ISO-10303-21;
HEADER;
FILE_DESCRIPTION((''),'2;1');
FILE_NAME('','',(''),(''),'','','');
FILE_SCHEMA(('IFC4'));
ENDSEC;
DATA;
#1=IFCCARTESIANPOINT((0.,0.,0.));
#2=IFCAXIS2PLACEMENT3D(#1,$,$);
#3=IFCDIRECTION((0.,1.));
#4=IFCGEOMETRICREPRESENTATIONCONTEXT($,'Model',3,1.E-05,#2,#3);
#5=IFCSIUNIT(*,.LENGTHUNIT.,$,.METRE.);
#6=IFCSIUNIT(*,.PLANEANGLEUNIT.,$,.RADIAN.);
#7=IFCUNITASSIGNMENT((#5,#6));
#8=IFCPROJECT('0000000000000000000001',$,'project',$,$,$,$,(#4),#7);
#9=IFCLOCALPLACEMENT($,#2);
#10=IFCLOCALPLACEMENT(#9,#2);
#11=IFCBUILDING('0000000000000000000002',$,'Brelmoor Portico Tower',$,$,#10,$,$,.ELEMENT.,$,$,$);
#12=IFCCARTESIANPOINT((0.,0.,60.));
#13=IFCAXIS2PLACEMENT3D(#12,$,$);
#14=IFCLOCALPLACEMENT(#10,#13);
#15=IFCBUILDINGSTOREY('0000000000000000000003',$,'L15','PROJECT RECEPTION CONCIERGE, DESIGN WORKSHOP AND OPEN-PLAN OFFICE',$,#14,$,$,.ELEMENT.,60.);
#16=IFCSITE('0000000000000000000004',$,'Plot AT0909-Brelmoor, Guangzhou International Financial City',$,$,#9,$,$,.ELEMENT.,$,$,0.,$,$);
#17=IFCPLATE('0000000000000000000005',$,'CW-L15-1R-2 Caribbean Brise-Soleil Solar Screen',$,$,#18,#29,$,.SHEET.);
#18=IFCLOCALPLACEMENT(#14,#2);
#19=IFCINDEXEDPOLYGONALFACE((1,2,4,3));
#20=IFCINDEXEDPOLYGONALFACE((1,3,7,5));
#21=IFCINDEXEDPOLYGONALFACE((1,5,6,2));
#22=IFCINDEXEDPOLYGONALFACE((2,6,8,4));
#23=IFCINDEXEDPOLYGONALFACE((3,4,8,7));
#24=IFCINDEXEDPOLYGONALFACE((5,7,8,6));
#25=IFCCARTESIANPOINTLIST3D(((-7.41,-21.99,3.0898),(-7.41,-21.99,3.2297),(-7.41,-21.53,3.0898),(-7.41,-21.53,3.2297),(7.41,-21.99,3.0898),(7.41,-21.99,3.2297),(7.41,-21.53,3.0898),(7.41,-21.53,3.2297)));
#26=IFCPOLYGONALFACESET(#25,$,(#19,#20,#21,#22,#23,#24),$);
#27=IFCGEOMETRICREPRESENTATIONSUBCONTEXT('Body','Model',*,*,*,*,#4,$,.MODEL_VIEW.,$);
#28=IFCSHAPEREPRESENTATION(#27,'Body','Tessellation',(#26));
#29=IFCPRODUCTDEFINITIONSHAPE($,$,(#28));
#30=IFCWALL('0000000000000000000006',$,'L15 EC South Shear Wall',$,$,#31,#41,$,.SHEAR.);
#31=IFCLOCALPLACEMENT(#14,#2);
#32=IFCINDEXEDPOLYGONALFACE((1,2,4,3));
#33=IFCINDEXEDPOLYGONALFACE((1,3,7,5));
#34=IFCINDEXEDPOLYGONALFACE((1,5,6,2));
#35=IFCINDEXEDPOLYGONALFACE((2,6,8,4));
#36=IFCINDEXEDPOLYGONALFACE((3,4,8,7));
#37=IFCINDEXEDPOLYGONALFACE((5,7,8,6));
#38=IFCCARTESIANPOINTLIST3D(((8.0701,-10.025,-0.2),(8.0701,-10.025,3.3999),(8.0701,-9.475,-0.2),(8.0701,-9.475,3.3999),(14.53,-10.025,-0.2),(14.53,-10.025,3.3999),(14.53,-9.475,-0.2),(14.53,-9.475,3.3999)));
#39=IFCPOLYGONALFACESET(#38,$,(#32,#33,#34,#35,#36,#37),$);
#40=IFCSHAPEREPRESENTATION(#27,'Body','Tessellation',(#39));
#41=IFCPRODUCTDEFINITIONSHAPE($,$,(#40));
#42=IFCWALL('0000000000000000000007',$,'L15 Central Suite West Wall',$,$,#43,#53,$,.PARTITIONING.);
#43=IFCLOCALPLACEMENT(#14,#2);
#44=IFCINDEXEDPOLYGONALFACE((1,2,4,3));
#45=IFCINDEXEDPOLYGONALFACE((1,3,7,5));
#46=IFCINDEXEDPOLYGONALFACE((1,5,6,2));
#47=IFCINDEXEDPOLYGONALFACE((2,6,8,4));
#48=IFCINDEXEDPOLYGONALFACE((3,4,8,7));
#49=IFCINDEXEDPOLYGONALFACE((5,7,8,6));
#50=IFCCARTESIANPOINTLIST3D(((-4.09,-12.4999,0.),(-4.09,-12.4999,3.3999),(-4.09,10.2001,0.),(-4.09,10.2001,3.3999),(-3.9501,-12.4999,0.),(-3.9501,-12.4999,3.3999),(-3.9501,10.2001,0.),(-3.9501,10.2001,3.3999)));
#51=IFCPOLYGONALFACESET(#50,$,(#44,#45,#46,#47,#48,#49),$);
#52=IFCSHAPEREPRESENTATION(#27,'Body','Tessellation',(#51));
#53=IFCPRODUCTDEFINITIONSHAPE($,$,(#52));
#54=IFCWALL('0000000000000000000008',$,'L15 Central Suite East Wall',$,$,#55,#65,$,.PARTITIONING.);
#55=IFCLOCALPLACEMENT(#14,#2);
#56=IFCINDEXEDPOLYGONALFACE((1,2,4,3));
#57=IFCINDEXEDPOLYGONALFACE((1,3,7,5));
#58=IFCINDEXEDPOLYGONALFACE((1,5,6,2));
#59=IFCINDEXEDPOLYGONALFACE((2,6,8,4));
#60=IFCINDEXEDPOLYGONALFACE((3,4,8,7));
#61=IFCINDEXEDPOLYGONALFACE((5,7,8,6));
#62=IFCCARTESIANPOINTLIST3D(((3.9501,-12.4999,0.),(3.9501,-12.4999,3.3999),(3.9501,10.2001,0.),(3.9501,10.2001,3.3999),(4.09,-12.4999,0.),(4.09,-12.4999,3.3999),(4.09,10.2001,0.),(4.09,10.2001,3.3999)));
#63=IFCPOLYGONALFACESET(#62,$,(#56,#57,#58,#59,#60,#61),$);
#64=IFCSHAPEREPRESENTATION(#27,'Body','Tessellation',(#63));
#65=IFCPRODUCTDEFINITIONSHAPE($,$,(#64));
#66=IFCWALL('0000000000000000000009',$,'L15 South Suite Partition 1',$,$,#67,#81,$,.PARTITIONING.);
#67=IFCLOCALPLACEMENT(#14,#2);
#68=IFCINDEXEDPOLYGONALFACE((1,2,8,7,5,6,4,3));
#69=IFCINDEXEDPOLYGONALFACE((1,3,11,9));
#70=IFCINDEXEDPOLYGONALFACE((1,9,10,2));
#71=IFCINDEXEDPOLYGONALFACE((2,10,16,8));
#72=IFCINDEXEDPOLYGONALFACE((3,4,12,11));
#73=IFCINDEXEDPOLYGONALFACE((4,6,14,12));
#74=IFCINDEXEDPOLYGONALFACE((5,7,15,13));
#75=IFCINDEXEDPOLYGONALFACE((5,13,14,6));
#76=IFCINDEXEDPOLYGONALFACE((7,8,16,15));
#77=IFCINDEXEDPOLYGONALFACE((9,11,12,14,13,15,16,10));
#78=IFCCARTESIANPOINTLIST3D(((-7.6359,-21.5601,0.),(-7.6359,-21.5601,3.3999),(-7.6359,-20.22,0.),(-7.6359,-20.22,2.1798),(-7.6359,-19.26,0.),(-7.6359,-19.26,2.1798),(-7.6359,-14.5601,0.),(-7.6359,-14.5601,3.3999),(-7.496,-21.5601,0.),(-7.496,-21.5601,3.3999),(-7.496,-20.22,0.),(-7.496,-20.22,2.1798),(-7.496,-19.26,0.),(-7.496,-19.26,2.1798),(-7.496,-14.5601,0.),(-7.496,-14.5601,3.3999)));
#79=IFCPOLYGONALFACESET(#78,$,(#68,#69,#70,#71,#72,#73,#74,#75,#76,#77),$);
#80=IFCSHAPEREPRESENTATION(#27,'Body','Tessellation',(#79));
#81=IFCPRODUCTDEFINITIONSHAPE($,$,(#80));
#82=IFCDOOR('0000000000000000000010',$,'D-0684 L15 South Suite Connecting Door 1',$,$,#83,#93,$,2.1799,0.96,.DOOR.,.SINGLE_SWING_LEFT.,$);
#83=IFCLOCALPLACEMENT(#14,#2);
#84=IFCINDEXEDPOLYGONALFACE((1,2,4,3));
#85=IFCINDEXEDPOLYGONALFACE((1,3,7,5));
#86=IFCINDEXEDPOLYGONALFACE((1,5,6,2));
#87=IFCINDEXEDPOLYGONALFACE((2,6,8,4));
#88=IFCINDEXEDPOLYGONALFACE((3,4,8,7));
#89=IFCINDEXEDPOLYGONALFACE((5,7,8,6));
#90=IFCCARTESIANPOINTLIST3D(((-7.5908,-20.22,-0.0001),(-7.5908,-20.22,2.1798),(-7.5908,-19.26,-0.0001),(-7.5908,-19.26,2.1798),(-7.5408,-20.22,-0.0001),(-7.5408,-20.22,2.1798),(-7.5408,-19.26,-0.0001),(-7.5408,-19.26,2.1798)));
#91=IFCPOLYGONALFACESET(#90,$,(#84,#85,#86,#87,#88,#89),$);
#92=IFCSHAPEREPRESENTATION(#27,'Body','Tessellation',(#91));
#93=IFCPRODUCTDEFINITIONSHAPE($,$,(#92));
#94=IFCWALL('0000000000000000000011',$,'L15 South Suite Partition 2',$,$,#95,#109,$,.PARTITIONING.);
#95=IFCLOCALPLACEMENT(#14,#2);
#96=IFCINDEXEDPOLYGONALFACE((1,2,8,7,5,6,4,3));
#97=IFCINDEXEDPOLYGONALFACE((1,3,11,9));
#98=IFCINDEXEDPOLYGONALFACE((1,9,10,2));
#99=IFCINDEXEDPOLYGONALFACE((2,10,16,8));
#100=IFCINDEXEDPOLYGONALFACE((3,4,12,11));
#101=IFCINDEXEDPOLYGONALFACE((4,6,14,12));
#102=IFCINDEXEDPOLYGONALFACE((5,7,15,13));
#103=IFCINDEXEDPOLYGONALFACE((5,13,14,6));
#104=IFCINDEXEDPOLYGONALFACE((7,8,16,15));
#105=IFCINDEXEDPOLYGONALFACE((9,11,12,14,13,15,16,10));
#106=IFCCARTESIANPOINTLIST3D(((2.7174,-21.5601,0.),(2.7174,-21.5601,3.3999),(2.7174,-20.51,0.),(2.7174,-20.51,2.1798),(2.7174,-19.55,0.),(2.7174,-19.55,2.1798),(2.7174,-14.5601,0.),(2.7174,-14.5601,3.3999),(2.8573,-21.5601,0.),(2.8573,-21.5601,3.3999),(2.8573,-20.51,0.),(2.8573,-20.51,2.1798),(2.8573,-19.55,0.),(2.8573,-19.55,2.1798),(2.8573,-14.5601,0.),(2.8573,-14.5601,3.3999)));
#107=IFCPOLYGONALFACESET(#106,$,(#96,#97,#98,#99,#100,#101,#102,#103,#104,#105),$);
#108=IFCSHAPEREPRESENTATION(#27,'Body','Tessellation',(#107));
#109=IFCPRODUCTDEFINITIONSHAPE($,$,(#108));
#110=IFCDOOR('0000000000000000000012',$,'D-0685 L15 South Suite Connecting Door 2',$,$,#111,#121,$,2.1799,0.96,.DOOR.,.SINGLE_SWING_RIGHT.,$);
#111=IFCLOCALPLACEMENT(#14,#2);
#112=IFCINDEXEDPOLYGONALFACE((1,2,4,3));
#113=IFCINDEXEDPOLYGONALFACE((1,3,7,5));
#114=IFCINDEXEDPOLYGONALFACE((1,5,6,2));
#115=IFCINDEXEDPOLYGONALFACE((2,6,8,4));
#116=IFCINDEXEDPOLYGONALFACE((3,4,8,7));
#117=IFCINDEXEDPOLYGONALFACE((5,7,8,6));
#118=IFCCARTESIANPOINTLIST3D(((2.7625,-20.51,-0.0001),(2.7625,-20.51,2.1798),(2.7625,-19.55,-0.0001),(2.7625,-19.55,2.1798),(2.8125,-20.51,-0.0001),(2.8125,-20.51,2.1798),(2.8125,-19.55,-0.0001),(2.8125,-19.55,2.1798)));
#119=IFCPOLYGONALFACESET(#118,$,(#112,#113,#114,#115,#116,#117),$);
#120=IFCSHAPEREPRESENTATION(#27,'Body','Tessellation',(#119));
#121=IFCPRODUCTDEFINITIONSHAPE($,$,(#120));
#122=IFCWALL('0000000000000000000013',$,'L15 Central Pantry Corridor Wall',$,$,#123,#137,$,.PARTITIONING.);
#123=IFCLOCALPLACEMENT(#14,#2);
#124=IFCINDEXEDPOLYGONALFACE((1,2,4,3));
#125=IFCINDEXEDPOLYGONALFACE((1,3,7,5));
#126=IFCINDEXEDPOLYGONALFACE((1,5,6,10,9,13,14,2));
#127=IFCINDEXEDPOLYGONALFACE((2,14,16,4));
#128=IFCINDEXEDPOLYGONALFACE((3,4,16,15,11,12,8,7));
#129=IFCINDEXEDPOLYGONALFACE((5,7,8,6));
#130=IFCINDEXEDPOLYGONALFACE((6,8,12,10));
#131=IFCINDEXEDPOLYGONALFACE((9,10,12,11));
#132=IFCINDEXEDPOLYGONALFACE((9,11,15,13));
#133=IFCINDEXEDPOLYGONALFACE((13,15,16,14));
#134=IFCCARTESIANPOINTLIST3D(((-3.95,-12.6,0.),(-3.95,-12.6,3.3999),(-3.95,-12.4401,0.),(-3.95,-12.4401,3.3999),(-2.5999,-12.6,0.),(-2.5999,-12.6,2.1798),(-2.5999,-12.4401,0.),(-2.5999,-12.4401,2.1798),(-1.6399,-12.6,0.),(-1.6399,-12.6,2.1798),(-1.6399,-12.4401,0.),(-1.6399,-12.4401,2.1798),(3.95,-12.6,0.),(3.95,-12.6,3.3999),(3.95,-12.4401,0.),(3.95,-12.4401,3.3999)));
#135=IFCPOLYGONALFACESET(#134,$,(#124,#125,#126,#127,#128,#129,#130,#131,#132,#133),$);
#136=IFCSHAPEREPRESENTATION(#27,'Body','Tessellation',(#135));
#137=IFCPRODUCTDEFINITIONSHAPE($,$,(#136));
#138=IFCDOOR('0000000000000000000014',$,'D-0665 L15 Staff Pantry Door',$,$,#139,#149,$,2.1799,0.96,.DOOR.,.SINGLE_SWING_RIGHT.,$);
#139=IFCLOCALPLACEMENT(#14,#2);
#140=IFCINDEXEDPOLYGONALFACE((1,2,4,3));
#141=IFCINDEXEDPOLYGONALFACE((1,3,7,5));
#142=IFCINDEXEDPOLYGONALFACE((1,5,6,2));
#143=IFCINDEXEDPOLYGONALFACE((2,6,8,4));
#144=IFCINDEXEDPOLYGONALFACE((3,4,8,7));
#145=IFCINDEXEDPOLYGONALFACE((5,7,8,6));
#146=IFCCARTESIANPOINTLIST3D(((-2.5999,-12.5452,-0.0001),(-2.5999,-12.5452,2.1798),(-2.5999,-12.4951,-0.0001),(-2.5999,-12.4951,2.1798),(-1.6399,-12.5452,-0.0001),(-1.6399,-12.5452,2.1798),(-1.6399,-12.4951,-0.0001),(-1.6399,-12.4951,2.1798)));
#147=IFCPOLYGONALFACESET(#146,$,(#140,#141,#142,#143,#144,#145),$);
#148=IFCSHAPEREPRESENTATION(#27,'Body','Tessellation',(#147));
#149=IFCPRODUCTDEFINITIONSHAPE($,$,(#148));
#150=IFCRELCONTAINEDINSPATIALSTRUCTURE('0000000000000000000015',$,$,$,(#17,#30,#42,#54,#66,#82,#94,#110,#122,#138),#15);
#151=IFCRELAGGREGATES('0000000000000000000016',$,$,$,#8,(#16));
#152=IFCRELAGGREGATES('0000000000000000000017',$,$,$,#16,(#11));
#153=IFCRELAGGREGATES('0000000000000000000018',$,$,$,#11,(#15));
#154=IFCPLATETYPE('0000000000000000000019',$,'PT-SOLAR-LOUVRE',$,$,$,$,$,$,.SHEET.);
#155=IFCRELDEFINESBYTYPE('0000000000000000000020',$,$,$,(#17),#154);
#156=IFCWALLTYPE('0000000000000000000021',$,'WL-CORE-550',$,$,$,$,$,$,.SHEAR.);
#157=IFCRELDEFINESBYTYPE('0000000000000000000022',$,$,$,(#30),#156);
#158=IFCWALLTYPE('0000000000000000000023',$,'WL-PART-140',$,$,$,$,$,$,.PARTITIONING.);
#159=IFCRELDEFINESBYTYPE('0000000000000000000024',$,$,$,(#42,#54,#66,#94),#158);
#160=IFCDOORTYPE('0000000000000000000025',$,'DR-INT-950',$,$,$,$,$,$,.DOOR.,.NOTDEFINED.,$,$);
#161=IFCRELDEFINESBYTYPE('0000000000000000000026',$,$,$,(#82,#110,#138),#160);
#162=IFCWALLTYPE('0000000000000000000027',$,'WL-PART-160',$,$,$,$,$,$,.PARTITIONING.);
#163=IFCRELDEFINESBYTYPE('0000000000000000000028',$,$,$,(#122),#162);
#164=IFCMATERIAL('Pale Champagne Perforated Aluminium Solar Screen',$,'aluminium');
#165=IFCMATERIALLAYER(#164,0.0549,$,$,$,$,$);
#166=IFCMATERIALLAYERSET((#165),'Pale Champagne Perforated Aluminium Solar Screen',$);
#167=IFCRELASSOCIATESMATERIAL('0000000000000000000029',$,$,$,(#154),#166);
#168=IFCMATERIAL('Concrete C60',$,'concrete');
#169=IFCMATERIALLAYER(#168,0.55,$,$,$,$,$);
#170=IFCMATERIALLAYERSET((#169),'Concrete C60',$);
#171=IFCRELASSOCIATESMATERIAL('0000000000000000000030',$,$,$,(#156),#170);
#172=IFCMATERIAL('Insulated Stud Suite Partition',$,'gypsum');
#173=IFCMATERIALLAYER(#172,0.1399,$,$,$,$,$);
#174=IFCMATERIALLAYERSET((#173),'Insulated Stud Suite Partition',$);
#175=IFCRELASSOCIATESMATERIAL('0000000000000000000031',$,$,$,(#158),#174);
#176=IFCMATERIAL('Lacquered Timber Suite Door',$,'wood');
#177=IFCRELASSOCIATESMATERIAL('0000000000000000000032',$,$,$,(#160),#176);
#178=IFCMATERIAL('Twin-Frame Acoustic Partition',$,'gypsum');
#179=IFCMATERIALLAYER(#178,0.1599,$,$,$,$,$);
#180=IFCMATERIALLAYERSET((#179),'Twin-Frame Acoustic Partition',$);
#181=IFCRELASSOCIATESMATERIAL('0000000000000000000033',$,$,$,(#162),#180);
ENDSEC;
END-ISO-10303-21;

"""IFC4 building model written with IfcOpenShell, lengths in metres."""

from ifc_helpers import new_model, si_unit, direction, frame, frame_2d, origin, origin_2d, place, context, subcontext, project, spatial, rectangle, extrude, material, layer, layer_set, type_object, element, fill, save


model = new_model("IFC4")

# Units and contexts
model_context = context("Model", 3, precision=1e-05, world=origin(), true_north=direction((0.0, 1.0)))
body_context = subcontext(model_context, "Body", "Model", "MODEL_VIEW")
ifc_project = project(units=[si_unit("LENGTHUNIT", "METRE"), si_unit("PLANEANGLEUNIT", "RADIAN")], contexts=[model_context])

# Site, building, storey
site_placement = place(None, origin())
site = spatial("IfcSite", under=ifc_project, at=site_placement, Name="Plot AT0909-Brelmoor, Guangzhou International Financial City", CompositionType="ELEMENT", RefElevation=0.0)
building_placement = place(site_placement, origin())
building = spatial("IfcBuilding", under=site, at=building_placement, Name="Brelmoor Portico Tower", CompositionType="ELEMENT")
storey_placement = place(building_placement, frame((0.0, 0.0, 60.0)))
storey = spatial("IfcBuildingStorey", under=building, at=storey_placement, Name="L15", Description="PROJECT RECEPTION CONCIERGE, DESIGN WORKSHOP AND OPEN-PLAN OFFICE", CompositionType="ELEMENT", Elevation=60.0)

# Plate
ifc_material_1 = material(Name="Pale Champagne Perforated Aluminium Solar Screen", Category="aluminium")
ifc_layer_1 = layer(ifc_material_1, 0.0549)
ifc_layer_set_1 = layer_set([ifc_layer_1], Name="Pale Champagne Perforated Aluminium Solar Screen")
plate_type_1 = type_object("IfcPlateType", Name="PT-SOLAR-LOUVRE", PredefinedType="SHEET", material=ifc_layer_set_1)
plate_1_placement = place(storey_placement, frame((0.0, -21.76, 3.0898), z_axis=(0.0, 0.0, 1.0), x_axis=(1.0, 0.0, 0.0)))
element("IfcPlate", 1, at=plate_1_placement, inside=storey, type_object=plate_type_1, Name="CW-L15-1R-2 Caribbean Brise-Soleil Solar Screen", PredefinedType="SHEET", context=body_context, shape_type="SweptSolid", body=[
    extrude(rectangle(XDim=14.8201, YDim=0.46, at=origin_2d()), origin(), (0.0, 0.0, 1.0), 0.1399),
])

# Walls
ifc_material_2 = material(Name="Concrete C60", Category="concrete")
ifc_layer_2 = layer(ifc_material_2, 0.55)
ifc_layer_set_2 = layer_set([ifc_layer_2], Name="Concrete C60")
wall_type_1 = type_object("IfcWallType", Name="WL-CORE-550", PredefinedType="SHEAR", material=ifc_layer_set_2)
wall_1_placement = place(storey_placement, frame((8.0701, -9.75, -0.2), z_axis=(0.0, 0.0, 1.0), x_axis=(1.0, 0.0, 0.0)))
element("IfcWall", 2, at=wall_1_placement, inside=storey, type_object=wall_type_1, Name="L15 EC South Shear Wall", PredefinedType="SHEAR", context=body_context, shape_type="SweptSolid", body=[
    extrude(rectangle(XDim=6.46, YDim=0.55, at=frame_2d((3.23, 0.0))), origin(), (0.0, 0.0, 1.0), 3.5999),
])
ifc_material_3 = material(Name="Insulated Stud Suite Partition", Category="gypsum")
ifc_layer_3 = layer(ifc_material_3, 0.1399)
ifc_layer_set_3 = layer_set([ifc_layer_3], Name="Insulated Stud Suite Partition")
wall_type_2 = type_object("IfcWallType", Name="WL-PART-140", PredefinedType="PARTITIONING", material=ifc_layer_set_3)
for number, where, z_axis, x_axis, name in (
    (3, (-4.02, -12.5, 0.0), (0.0, 0.0, 1.0), (0.0, 1.0, 0.0), "L15 Central Suite West Wall"),
    (4, (4.02, -12.5, 0.0), (0.0, 0.0, 1.0), (0.0, 1.0, 0.0), "L15 Central Suite East Wall"),
):
    element("IfcWall", number, at=place(storey_placement, frame(where, z_axis=z_axis, x_axis=x_axis)), inside=storey, type_object=wall_type_2, Name=name, PredefinedType="PARTITIONING", context=body_context, shape_type="SweptSolid", body=[
        extrude(rectangle(XDim=22.7, YDim=0.1399, at=frame_2d((11.3501, 0.0))), origin(), (0.0, 0.0, 1.0), 3.3999),
    ])

# Walls, openings, doors
wall_2_placement = place(storey_placement, frame((-7.5659, -21.5601, 0.0), z_axis=(0.0, 0.0, 1.0), x_axis=(0.0, 1.0, 0.0)))
wall_2 = element("IfcWall", 5, at=wall_2_placement, inside=storey, type_object=wall_type_2, Name="L15 South Suite Partition 1", PredefinedType="PARTITIONING", context=body_context, shape_type="SweptSolid", body=[
    extrude(rectangle(XDim=7.0, YDim=0.1399, at=frame_2d((3.5, 0.0))), origin(), (0.0, 0.0, 1.0), 3.3999),
])
opening_1_placement = place(wall_2_placement, frame((1.3401, 0.0, 0.0)))
opening_1 = element("IfcOpeningElement", 6, at=opening_1_placement, cuts=wall_2, PredefinedType="OPENING", context=body_context, shape_type="SweptSolid", body=[
    extrude(rectangle(XDim=0.96, YDim=2.1799, at=frame_2d((0.48, 1.0898))), frame((0.0, 0.0798, 0.0), z_axis=(0.0, -1.0, 0.0), x_axis=(1.0, 0.0, 0.0)), (0.0, 0.0, 1.0), 0.1599),
])
ifc_material_4 = material(Name="Lacquered Timber Suite Door", Category="wood")
door_type_1 = type_object("IfcDoorType", Name="DR-INT-950", OperationType="NOTDEFINED", PredefinedType="DOOR", material=ifc_material_4)
door_1_placement = place(opening_1_placement, origin())
door_1 = element("IfcDoor", 7, at=door_1_placement, inside=storey, type_object=door_type_1, Name="D-0684 L15 South Suite Connecting Door 1", OperationType="SINGLE_SWING_LEFT", OverallHeight=2.1799, OverallWidth=0.96, PredefinedType="DOOR", context=body_context, shape_type="SweptSolid", body=[
    extrude(rectangle(XDim=0.96, YDim=2.1799, at=frame_2d((0.48, 1.0898))), frame((0.0, 0.0249, 0.0), z_axis=(0.0, -1.0, 0.0), x_axis=(1.0, 0.0, 0.0)), (0.0, 0.0, 1.0), 0.05),
])
fill(opening_1, door_1)
wall_3_placement = place(storey_placement, frame((2.7874, -21.5601, 0.0), z_axis=(0.0, 0.0, 1.0), x_axis=(0.0, 1.0, 0.0)))
wall_3 = element("IfcWall", 8, at=wall_3_placement, inside=storey, type_object=wall_type_2, Name="L15 South Suite Partition 2", PredefinedType="PARTITIONING", context=body_context, shape_type="SweptSolid", body=[
    extrude(rectangle(XDim=7.0, YDim=0.1399, at=frame_2d((3.5, 0.0))), origin(), (0.0, 0.0, 1.0), 3.3999),
])
opening_2_placement = place(wall_3_placement, frame((1.05, 0.0, 0.0)))
opening_2 = element("IfcOpeningElement", 9, at=opening_2_placement, cuts=wall_3, PredefinedType="OPENING", context=body_context, shape_type="SweptSolid", body=[
    extrude(rectangle(XDim=0.96, YDim=2.1799, at=frame_2d((0.48, 1.0898))), frame((0.0, 0.0798, 0.0), z_axis=(0.0, -1.0, 0.0), x_axis=(1.0, 0.0, 0.0)), (0.0, 0.0, 1.0), 0.1599),
])
door_2_placement = place(opening_2_placement, origin())
door_2 = element("IfcDoor", 10, at=door_2_placement, inside=storey, type_object=door_type_1, Name="D-0685 L15 South Suite Connecting Door 2", OperationType="SINGLE_SWING_RIGHT", OverallHeight=2.1799, OverallWidth=0.96, PredefinedType="DOOR", context=body_context, shape_type="SweptSolid", body=[
    extrude(rectangle(XDim=0.96, YDim=2.1799, at=frame_2d((0.48, 1.0898))), frame((0.0, 0.0249, 0.0), z_axis=(0.0, -1.0, 0.0), x_axis=(1.0, 0.0, 0.0)), (0.0, 0.0, 1.0), 0.05),
])
fill(opening_2, door_2)
ifc_material_5 = material(Name="Twin-Frame Acoustic Partition", Category="gypsum")
ifc_layer_4 = layer(ifc_material_5, 0.1599)
ifc_layer_set_4 = layer_set([ifc_layer_4], Name="Twin-Frame Acoustic Partition")
wall_type_3 = type_object("IfcWallType", Name="WL-PART-160", PredefinedType="PARTITIONING", material=ifc_layer_set_4)
wall_4_placement = place(storey_placement, frame((-3.95, -12.52, 0.0), z_axis=(0.0, 0.0, 1.0), x_axis=(1.0, 0.0, 0.0)))
wall_4 = element("IfcWall", 11, at=wall_4_placement, inside=storey, type_object=wall_type_3, Name="L15 Central Pantry Corridor Wall", PredefinedType="PARTITIONING", context=body_context, shape_type="SweptSolid", body=[
    extrude(rectangle(XDim=7.8999, YDim=0.1599, at=frame_2d((3.95, 0.0))), origin(), (0.0, 0.0, 1.0), 3.3999),
])
opening_3_placement = place(wall_4_placement, frame((1.3501, 0.0, 0.0)))
opening_3 = element("IfcOpeningElement", 12, at=opening_3_placement, cuts=wall_4, PredefinedType="OPENING", context=body_context, shape_type="SweptSolid", body=[
    extrude(rectangle(XDim=0.96, YDim=2.1799, at=frame_2d((0.48, 1.0898))), frame((0.0, 0.0898, 0.0), z_axis=(0.0, -1.0, 0.0), x_axis=(1.0, 0.0, 0.0)), (0.0, 0.0, 1.0), 0.1799),
])
door_3_placement = place(opening_3_placement, origin())
door_3 = element("IfcDoor", 13, at=door_3_placement, inside=storey, type_object=door_type_1, Name="D-0665 L15 Staff Pantry Door", OperationType="SINGLE_SWING_RIGHT", OverallHeight=2.1799, OverallWidth=0.96, PredefinedType="DOOR", context=body_context, shape_type="SweptSolid", body=[
    extrude(rectangle(XDim=0.96, YDim=2.1799, at=frame_2d((0.48, 1.0898))), frame((0.0, 0.0249, 0.0), z_axis=(0.0, -1.0, 0.0), x_axis=(1.0, 0.0, 0.0)), (0.0, 0.0, 1.0), 0.05),
])
fill(opening_3, door_3)

save(model, "model.ifc")
